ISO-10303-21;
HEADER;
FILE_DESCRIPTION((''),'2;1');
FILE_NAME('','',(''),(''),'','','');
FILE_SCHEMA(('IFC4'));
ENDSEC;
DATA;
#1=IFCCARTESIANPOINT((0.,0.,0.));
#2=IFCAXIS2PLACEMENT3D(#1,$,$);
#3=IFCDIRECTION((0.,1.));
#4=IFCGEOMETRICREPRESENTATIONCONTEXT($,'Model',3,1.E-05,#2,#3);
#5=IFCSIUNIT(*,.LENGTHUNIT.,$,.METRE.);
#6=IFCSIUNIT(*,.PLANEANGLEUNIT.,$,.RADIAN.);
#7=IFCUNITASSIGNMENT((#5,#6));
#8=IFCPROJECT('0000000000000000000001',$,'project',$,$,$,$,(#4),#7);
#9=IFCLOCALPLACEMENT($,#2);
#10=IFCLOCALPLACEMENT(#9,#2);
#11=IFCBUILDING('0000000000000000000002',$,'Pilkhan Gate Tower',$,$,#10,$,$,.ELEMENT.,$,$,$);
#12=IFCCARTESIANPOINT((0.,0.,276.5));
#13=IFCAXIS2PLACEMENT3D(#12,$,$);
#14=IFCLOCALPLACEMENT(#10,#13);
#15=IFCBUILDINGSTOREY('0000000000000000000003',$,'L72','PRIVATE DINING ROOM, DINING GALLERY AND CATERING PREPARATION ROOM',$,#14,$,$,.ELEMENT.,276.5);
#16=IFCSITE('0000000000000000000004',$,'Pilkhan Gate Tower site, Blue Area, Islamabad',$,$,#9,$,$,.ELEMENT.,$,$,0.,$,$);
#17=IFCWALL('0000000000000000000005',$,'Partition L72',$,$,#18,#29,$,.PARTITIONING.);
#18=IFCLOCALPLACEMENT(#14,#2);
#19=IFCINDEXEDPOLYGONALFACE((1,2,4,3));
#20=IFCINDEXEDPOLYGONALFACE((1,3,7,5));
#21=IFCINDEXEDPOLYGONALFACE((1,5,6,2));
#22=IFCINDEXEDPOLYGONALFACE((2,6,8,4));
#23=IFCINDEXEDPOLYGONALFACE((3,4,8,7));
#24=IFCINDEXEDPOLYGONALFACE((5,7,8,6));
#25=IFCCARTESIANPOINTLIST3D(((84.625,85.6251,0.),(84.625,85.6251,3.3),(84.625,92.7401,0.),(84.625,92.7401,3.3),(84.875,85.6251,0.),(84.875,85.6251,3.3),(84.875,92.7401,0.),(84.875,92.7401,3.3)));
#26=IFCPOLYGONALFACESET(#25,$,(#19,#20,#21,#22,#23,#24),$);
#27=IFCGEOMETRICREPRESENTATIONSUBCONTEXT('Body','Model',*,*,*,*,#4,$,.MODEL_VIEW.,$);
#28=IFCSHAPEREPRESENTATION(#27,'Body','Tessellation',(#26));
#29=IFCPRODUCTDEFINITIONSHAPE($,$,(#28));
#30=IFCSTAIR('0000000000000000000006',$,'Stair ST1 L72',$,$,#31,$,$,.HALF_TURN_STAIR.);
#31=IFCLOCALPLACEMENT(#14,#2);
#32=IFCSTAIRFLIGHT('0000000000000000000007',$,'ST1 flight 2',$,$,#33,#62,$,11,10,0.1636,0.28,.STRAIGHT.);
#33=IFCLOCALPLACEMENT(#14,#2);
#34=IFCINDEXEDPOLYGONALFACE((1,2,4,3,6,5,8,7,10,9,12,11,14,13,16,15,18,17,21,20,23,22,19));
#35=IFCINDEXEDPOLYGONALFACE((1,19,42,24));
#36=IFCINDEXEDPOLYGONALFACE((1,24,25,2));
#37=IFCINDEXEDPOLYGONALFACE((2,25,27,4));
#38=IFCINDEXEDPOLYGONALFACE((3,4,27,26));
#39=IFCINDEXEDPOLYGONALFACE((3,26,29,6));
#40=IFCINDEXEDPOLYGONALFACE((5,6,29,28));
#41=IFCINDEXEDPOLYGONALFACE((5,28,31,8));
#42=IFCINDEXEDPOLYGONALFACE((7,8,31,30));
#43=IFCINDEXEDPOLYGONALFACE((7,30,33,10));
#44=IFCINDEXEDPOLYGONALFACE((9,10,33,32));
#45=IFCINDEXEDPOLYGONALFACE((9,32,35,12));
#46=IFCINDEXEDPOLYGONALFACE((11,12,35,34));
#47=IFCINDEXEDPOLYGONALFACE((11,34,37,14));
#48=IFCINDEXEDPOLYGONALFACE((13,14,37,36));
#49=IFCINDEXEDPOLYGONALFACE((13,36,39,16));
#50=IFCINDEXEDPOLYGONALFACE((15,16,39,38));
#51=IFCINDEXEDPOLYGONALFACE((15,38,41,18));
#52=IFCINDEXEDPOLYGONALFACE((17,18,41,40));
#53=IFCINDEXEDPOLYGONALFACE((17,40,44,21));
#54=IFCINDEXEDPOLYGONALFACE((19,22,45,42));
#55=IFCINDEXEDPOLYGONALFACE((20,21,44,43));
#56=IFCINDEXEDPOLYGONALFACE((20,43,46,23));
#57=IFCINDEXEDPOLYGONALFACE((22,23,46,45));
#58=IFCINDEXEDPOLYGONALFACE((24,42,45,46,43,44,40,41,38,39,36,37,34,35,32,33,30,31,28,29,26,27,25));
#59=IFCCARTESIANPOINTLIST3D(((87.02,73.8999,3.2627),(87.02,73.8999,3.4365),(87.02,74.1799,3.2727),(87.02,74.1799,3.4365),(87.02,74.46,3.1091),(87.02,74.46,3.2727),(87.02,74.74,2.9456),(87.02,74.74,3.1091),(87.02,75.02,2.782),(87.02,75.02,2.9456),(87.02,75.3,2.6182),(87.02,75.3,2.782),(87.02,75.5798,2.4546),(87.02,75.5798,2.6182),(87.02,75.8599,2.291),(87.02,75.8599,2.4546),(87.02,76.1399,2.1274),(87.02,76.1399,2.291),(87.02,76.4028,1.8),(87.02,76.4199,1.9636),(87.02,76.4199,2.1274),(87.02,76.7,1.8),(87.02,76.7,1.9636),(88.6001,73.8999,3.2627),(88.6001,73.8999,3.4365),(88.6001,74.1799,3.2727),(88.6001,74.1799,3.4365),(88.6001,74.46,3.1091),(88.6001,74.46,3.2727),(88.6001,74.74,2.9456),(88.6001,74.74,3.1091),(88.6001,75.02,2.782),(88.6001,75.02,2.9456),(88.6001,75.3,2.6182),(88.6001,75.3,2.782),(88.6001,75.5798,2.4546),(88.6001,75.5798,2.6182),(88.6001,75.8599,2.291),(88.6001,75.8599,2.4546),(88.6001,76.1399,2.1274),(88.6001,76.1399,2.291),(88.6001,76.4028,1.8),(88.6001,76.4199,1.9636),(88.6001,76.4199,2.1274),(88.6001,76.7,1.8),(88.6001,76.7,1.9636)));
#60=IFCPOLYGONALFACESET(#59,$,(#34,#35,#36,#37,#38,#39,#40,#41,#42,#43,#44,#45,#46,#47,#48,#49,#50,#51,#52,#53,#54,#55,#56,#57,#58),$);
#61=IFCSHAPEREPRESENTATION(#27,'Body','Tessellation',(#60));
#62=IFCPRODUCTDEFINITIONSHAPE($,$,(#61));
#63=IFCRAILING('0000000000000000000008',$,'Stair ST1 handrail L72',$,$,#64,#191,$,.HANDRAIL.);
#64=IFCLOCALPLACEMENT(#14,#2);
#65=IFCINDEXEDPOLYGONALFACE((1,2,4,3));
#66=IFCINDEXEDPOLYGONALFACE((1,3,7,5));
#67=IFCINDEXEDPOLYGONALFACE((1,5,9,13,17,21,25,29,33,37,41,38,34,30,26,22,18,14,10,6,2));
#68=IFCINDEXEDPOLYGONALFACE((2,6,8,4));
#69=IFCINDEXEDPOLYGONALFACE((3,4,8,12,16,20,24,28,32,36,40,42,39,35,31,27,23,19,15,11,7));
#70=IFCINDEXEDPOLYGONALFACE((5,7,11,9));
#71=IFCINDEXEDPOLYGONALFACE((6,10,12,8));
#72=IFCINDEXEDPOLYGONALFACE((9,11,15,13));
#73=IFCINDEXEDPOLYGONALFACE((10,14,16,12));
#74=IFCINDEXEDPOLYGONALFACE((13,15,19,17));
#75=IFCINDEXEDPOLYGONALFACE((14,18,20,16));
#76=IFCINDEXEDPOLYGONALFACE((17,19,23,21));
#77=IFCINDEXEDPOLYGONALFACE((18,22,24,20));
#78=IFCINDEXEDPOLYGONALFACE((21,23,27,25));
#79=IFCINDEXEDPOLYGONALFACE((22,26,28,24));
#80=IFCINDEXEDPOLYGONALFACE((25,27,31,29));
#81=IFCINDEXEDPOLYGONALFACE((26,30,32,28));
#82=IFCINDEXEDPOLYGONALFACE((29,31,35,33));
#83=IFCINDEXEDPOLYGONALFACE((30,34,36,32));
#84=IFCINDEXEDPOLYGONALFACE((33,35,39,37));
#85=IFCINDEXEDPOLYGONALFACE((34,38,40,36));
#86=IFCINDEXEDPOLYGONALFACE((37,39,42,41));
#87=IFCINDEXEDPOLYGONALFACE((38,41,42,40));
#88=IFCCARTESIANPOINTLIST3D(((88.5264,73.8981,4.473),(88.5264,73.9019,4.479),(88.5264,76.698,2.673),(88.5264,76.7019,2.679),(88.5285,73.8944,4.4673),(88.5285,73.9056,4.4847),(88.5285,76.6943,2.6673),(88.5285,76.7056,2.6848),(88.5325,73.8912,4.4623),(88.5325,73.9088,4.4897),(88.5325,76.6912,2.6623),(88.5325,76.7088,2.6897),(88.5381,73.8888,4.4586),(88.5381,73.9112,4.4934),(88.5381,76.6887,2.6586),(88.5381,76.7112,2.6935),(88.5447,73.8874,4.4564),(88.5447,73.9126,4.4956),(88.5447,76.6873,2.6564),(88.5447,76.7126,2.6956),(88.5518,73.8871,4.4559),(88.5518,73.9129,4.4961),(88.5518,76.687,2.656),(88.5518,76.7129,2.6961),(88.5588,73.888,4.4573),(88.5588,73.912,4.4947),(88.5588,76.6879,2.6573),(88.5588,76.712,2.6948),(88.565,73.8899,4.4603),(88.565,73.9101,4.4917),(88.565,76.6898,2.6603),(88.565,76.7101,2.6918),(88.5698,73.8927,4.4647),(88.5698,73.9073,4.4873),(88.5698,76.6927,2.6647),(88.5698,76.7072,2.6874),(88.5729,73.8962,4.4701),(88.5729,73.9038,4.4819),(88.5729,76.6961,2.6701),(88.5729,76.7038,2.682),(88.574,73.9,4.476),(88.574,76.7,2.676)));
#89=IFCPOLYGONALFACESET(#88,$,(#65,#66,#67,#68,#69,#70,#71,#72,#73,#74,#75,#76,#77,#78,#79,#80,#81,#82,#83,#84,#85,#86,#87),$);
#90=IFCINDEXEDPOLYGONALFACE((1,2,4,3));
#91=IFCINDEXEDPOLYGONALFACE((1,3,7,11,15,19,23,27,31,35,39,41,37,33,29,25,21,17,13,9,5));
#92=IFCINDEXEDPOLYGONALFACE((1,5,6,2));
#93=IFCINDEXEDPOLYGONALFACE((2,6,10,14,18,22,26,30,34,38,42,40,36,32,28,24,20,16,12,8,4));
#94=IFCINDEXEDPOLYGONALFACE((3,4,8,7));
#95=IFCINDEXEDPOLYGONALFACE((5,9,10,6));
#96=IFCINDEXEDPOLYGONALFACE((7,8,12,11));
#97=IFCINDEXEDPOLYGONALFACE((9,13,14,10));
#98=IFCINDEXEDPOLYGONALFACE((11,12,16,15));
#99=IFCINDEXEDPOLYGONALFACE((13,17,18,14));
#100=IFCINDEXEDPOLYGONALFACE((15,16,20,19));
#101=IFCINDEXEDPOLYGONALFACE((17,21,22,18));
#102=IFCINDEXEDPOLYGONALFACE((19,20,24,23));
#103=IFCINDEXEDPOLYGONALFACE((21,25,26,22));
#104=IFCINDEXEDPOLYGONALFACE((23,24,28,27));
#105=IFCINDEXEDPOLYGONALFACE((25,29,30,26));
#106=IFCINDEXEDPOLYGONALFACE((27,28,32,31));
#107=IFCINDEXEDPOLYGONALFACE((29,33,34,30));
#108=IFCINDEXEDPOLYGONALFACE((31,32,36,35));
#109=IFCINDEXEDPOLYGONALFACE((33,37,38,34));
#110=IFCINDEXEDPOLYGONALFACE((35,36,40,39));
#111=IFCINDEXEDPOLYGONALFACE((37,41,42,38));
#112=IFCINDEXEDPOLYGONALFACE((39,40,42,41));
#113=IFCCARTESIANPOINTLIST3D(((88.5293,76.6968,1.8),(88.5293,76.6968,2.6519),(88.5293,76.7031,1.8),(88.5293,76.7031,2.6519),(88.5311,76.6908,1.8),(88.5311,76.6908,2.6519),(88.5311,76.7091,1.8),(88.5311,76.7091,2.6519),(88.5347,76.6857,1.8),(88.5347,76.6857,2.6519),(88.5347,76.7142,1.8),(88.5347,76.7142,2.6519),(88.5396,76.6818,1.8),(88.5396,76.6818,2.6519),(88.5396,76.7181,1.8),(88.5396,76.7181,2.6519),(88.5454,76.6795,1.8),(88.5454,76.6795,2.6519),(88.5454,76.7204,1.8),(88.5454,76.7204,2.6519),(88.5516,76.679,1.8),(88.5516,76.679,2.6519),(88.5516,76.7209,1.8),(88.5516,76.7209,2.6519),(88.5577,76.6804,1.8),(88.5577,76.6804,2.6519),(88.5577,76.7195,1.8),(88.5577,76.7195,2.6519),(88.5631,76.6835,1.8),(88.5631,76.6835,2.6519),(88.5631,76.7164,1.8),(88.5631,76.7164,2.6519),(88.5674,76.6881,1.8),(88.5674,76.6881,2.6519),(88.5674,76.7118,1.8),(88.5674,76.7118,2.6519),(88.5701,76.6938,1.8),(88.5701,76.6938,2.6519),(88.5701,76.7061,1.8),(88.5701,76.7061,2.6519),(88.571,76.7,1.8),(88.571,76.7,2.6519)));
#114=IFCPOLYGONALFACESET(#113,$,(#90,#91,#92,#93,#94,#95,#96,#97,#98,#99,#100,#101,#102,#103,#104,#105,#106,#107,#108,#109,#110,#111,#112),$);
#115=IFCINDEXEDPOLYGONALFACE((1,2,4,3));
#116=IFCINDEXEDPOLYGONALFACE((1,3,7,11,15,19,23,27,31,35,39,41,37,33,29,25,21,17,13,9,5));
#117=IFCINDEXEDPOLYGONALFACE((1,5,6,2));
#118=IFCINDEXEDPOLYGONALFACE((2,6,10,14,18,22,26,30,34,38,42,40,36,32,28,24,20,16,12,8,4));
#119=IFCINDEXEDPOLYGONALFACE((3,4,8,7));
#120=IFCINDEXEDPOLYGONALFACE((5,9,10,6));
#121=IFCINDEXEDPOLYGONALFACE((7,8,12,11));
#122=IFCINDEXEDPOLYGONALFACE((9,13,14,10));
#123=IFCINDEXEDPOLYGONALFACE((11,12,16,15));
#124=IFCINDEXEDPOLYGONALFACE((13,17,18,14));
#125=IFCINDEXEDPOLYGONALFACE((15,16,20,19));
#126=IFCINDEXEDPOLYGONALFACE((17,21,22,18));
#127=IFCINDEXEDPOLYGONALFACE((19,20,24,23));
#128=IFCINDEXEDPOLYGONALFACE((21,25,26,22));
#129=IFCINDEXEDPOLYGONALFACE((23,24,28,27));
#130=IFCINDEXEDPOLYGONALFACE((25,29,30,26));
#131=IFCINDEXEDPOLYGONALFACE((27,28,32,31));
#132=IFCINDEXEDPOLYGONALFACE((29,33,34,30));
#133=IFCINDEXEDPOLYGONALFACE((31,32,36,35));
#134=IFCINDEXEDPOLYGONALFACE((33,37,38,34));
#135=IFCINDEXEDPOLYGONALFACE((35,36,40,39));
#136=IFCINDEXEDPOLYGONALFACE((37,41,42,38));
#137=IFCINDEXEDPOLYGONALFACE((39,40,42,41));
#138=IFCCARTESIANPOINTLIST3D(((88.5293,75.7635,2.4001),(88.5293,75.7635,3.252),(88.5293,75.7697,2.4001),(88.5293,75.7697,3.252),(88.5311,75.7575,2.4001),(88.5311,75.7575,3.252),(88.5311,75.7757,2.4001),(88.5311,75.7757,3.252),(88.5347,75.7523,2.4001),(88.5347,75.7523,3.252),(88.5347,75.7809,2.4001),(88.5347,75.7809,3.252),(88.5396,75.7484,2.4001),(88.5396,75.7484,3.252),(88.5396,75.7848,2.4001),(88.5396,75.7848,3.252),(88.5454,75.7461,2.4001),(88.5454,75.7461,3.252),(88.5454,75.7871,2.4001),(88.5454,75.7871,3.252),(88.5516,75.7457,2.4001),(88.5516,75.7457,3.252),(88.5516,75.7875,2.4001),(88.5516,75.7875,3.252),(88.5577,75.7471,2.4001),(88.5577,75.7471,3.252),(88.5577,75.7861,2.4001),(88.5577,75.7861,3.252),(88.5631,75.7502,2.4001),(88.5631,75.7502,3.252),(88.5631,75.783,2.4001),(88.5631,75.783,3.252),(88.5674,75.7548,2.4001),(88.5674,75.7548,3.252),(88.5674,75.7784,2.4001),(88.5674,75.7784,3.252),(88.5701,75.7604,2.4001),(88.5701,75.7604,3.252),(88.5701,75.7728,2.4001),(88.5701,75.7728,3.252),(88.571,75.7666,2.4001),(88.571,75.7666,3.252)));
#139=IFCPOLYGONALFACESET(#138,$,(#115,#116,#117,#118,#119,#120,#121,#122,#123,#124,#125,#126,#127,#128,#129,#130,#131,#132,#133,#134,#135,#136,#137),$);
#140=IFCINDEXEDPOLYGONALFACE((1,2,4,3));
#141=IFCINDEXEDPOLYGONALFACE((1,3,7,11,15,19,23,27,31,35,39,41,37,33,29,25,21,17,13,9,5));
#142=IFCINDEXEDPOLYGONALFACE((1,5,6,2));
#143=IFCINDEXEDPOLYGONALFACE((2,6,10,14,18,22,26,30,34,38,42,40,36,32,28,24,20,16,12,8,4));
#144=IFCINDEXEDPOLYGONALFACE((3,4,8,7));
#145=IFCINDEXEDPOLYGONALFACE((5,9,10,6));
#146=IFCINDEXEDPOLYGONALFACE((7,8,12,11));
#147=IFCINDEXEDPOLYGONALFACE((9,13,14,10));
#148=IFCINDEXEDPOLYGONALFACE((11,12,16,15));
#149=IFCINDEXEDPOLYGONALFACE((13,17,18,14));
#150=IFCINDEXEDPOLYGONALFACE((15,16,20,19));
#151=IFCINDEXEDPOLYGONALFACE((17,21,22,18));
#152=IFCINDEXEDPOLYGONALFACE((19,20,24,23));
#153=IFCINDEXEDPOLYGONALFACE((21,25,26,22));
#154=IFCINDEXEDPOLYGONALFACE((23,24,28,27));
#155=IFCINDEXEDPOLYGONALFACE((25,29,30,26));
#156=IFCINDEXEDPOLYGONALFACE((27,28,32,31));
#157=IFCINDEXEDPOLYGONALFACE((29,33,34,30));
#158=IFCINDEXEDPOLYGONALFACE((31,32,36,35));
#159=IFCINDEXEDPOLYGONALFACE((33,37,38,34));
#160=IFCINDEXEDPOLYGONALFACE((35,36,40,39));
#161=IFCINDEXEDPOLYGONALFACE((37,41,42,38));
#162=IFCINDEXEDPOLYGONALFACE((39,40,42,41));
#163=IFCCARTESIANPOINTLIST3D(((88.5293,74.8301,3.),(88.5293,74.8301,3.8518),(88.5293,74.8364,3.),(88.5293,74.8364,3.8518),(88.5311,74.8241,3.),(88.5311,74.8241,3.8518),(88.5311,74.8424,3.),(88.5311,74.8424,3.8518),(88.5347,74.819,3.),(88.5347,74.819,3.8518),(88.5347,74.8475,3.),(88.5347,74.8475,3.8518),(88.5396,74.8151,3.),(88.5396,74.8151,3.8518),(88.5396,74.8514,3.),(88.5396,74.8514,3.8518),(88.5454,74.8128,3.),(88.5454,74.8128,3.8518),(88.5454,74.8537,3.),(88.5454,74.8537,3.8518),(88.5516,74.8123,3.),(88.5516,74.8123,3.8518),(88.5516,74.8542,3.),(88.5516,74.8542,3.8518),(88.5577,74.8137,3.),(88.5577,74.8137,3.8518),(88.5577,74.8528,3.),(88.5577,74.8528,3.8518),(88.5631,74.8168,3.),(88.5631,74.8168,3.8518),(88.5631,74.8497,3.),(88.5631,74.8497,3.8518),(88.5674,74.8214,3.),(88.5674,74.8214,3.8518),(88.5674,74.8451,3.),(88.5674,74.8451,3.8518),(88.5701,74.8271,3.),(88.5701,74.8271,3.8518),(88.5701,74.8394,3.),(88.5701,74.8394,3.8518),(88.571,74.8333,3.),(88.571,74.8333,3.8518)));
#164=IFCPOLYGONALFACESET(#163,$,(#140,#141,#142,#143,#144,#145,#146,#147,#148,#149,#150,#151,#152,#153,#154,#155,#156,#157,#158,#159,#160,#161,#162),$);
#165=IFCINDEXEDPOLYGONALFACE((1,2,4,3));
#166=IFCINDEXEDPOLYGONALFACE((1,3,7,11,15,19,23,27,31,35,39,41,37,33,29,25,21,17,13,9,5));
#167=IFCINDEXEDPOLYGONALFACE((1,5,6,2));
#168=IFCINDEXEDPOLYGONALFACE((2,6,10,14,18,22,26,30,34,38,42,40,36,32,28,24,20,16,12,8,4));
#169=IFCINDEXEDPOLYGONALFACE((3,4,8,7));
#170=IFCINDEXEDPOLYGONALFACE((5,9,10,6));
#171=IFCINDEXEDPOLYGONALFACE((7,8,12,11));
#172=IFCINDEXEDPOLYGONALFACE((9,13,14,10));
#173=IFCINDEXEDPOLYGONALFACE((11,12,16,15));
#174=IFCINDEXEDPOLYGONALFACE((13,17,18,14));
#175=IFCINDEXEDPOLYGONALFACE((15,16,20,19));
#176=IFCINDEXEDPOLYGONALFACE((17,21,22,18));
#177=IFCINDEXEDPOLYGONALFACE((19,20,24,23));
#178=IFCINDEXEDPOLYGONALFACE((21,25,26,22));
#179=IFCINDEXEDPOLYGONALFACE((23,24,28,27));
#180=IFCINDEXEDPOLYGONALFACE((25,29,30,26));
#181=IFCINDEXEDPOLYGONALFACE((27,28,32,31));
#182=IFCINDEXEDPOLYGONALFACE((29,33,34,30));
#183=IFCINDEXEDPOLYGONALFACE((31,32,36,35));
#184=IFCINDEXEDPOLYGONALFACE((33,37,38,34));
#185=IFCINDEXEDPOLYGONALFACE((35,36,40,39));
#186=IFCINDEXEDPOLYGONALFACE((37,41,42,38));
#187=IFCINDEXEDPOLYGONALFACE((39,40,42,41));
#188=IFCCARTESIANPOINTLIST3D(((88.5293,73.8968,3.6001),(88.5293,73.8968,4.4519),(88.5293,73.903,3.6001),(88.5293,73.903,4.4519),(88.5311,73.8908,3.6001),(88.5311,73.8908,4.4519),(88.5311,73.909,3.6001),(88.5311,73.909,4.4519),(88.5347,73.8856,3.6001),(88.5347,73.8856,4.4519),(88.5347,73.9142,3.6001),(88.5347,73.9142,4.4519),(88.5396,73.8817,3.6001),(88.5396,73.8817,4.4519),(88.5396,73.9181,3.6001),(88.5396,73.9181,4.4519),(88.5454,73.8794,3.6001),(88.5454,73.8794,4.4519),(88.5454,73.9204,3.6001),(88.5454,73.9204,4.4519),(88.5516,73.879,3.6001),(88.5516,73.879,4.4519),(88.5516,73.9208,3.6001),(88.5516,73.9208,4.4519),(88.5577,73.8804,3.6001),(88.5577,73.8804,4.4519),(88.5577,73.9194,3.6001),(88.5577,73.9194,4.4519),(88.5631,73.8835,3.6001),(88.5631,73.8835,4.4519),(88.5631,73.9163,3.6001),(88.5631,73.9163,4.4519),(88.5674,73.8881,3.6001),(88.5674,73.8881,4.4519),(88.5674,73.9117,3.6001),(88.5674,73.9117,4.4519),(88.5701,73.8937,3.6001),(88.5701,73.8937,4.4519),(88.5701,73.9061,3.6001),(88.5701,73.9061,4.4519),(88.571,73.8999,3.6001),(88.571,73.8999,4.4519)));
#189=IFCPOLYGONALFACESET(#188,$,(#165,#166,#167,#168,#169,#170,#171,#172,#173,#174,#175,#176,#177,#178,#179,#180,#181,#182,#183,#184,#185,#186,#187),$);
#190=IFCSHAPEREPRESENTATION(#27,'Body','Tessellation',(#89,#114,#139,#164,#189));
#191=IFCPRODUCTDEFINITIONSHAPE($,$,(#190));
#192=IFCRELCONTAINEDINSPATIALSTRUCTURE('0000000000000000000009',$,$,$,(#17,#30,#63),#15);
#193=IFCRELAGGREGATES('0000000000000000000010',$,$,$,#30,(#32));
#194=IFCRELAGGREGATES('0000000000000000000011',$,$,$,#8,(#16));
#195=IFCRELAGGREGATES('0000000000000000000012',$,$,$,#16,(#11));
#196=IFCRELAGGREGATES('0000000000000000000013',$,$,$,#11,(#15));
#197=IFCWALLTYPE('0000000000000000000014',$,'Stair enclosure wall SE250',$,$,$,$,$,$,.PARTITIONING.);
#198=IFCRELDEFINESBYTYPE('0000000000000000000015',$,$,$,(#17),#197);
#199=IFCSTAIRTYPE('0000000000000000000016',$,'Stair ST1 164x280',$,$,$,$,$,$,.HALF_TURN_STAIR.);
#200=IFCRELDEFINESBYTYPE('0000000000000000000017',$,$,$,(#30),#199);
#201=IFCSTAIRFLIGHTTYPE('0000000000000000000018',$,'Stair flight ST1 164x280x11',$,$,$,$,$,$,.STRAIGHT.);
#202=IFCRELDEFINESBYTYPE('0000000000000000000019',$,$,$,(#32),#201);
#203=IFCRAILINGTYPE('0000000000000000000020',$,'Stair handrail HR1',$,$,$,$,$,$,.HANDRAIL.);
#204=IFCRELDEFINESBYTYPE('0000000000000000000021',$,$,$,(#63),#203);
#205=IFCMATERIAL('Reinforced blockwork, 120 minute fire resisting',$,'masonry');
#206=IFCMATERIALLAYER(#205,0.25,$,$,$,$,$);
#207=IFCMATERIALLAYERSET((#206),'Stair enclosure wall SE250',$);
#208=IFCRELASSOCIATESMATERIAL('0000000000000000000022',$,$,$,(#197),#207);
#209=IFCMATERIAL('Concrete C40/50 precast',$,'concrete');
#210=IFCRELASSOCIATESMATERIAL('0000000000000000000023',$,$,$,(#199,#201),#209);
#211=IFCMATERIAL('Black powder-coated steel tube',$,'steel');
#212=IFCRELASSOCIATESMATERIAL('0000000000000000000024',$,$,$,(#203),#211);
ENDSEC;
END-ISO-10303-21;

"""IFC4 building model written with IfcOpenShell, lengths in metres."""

from ifc_helpers import new_model, si_unit, direction, frame, frame_2d, origin, origin_2d, place, context, subcontext, project, spatial, polyline, rectangle, circle, outline, extrude, material, layer, layer_set, type_object, element, aggregate, save


model = new_model("IFC4")

# Units and contexts
model_context = context("Model", 3, precision=1e-05, world=origin(), true_north=direction((0.0, 1.0)))
body_context = subcontext(model_context, "Body", "Model", "MODEL_VIEW")
ifc_project = project(units=[si_unit("LENGTHUNIT", "METRE"), si_unit("PLANEANGLEUNIT", "RADIAN")], contexts=[model_context])

# Site, building, storey
site_placement = place(None, origin())
site = spatial("IfcSite", under=ifc_project, at=site_placement, Name="Pilkhan Gate Tower site, Blue Area, Islamabad", CompositionType="ELEMENT", RefElevation=0.0)
building_placement = place(site_placement, origin())
building = spatial("IfcBuilding", under=site, at=building_placement, Name="Pilkhan Gate Tower", CompositionType="ELEMENT")
storey_placement = place(building_placement, frame((0.0, 0.0, 276.5)))
storey = spatial("IfcBuildingStorey", under=building, at=storey_placement, Name="L72", Description="PRIVATE DINING ROOM, DINING GALLERY AND CATERING PREPARATION ROOM", CompositionType="ELEMENT", Elevation=276.5)

# Shared definitions
ifc_material_1 = material(Name="Reinforced blockwork, 120 minute fire resisting", Category="masonry")
ifc_layer_1 = layer(ifc_material_1, 0.25)
ifc_layer_set_1 = layer_set([ifc_layer_1], Name="Stair enclosure wall SE250")
wall_type_1 = type_object("IfcWallType", Name="Stair enclosure wall SE250", PredefinedType="PARTITIONING", material=ifc_layer_set_1)

# Wall
wall_1_placement = place(storey_placement, frame((84.75, 85.625, 0.0), z_axis=(0.0, 0.0, 1.0), x_axis=(0.0, 1.0, 0.0)))
element("IfcWall", 1, at=wall_1_placement, inside=storey, type_object=wall_type_1, Name="Partition L72", PredefinedType="PARTITIONING", context=body_context, shape_type="SweptSolid", body=[
    extrude(rectangle(XDim=7.115, YDim=0.25, at=frame_2d((3.5576, 0.0))), origin(), (0.0, 0.0, 1.0), 3.3),
])

# Stair, stair flight
ifc_material_2 = material(Name="Concrete C40/50 precast", Category="concrete")
stair_type = type_object("IfcStairType", Name="Stair ST1 164x280", PredefinedType="HALF_TURN_STAIR", material=ifc_material_2)
stair_placement = place(storey_placement, origin())
stair = element("IfcStair", 2, at=stair_placement, inside=storey, type_object=stair_type, Name="Stair ST1 L72", PredefinedType="HALF_TURN_STAIR")
stair_flight_type = type_object("IfcStairFlightType", Name="Stair flight ST1 164x280x11", PredefinedType="STRAIGHT", material=ifc_material_2)
stair_flight_placement = place(storey_placement, frame((87.8101, 76.7, 1.8), z_axis=(0.0, 0.0, 1.0), x_axis=(0.0, -1.0, 0.0)))
stair_flight = element("IfcStairFlight", 3, at=stair_flight_placement, type_object=stair_flight_type, Name="ST1 flight 2", NumberOfRisers=11, NumberOfTreads=10, PredefinedType="STRAIGHT", RiserHeight=0.1636, TreadLength=0.28, context=body_context, shape_type="SweptSolid", body=[
    extrude(outline(polyline([(0.0, 0.0), (0.0, 0.1636), (0.28, 0.1636), (0.28, 0.3274), (0.5601, 0.3274), (0.5601, 0.491), (0.8401, 0.491), (0.8401, 0.6545), (1.1201, 0.6545), (1.1201, 0.8181), (1.3999, 0.8181), (1.3999, 0.9819), (1.6799, 0.9819), (1.6799, 1.1455), (1.96, 1.1455), (1.96, 1.3091), (2.24, 1.3091), (2.24, 1.4727), (2.52, 1.4727), (2.52, 1.6365), (2.8, 1.6365), (2.8, 1.8), (2.8, 1.4626), (0.2971, 0.0), (0.0, 0.0)])), frame((0.0, 0.79, 0.0), z_axis=(0.0, -1.0, 0.0), x_axis=(1.0, 0.0, 0.0)), (0.0, 0.0, 1.0), 1.5801),
])
aggregate(stair, [stair_flight])

# Railing
ifc_material_3 = material(Name="Black powder-coated steel tube", Category="steel")
railing_type_1 = type_object("IfcRailingType", Name="Stair handrail HR1", PredefinedType="HANDRAIL", material=ifc_material_3)
railing_1_placement = place(storey_placement, frame((88.55, 76.7, 1.8)))
element("IfcRailing", 4, at=railing_1_placement, inside=storey, type_object=railing_type_1, Name="Stair ST1 handrail L72", PredefinedType="HANDRAIL", context=body_context, shape_type="SweptSolid", body=[
    extrude(circle(Radius=0.0239, at=origin_2d()), frame((0.0, 0.0, 0.876), z_axis=(0.0, -0.841176, 0.540761), x_axis=(1.0, 0.0, 0.0)), (0.0, 0.0, 1.0), 3.3286),
    extrude(circle(Radius=0.021, at=origin_2d()), origin(), (0.0, 0.0, 1.0), 0.8518),
    extrude(circle(Radius=0.021, at=origin_2d()), frame((0.0, -0.9333, 0.6001)), (0.0, 0.0, 1.0), 0.8518),
    extrude(circle(Radius=0.021, at=origin_2d()), frame((0.0, -1.8667, 1.2)), (0.0, 0.0, 1.0), 0.8518),
    extrude(circle(Radius=0.021, at=origin_2d()), frame((0.0, -2.8, 1.8)), (0.0, 0.0, 1.0), 0.8518),
])

save(model, "model.ifc")
